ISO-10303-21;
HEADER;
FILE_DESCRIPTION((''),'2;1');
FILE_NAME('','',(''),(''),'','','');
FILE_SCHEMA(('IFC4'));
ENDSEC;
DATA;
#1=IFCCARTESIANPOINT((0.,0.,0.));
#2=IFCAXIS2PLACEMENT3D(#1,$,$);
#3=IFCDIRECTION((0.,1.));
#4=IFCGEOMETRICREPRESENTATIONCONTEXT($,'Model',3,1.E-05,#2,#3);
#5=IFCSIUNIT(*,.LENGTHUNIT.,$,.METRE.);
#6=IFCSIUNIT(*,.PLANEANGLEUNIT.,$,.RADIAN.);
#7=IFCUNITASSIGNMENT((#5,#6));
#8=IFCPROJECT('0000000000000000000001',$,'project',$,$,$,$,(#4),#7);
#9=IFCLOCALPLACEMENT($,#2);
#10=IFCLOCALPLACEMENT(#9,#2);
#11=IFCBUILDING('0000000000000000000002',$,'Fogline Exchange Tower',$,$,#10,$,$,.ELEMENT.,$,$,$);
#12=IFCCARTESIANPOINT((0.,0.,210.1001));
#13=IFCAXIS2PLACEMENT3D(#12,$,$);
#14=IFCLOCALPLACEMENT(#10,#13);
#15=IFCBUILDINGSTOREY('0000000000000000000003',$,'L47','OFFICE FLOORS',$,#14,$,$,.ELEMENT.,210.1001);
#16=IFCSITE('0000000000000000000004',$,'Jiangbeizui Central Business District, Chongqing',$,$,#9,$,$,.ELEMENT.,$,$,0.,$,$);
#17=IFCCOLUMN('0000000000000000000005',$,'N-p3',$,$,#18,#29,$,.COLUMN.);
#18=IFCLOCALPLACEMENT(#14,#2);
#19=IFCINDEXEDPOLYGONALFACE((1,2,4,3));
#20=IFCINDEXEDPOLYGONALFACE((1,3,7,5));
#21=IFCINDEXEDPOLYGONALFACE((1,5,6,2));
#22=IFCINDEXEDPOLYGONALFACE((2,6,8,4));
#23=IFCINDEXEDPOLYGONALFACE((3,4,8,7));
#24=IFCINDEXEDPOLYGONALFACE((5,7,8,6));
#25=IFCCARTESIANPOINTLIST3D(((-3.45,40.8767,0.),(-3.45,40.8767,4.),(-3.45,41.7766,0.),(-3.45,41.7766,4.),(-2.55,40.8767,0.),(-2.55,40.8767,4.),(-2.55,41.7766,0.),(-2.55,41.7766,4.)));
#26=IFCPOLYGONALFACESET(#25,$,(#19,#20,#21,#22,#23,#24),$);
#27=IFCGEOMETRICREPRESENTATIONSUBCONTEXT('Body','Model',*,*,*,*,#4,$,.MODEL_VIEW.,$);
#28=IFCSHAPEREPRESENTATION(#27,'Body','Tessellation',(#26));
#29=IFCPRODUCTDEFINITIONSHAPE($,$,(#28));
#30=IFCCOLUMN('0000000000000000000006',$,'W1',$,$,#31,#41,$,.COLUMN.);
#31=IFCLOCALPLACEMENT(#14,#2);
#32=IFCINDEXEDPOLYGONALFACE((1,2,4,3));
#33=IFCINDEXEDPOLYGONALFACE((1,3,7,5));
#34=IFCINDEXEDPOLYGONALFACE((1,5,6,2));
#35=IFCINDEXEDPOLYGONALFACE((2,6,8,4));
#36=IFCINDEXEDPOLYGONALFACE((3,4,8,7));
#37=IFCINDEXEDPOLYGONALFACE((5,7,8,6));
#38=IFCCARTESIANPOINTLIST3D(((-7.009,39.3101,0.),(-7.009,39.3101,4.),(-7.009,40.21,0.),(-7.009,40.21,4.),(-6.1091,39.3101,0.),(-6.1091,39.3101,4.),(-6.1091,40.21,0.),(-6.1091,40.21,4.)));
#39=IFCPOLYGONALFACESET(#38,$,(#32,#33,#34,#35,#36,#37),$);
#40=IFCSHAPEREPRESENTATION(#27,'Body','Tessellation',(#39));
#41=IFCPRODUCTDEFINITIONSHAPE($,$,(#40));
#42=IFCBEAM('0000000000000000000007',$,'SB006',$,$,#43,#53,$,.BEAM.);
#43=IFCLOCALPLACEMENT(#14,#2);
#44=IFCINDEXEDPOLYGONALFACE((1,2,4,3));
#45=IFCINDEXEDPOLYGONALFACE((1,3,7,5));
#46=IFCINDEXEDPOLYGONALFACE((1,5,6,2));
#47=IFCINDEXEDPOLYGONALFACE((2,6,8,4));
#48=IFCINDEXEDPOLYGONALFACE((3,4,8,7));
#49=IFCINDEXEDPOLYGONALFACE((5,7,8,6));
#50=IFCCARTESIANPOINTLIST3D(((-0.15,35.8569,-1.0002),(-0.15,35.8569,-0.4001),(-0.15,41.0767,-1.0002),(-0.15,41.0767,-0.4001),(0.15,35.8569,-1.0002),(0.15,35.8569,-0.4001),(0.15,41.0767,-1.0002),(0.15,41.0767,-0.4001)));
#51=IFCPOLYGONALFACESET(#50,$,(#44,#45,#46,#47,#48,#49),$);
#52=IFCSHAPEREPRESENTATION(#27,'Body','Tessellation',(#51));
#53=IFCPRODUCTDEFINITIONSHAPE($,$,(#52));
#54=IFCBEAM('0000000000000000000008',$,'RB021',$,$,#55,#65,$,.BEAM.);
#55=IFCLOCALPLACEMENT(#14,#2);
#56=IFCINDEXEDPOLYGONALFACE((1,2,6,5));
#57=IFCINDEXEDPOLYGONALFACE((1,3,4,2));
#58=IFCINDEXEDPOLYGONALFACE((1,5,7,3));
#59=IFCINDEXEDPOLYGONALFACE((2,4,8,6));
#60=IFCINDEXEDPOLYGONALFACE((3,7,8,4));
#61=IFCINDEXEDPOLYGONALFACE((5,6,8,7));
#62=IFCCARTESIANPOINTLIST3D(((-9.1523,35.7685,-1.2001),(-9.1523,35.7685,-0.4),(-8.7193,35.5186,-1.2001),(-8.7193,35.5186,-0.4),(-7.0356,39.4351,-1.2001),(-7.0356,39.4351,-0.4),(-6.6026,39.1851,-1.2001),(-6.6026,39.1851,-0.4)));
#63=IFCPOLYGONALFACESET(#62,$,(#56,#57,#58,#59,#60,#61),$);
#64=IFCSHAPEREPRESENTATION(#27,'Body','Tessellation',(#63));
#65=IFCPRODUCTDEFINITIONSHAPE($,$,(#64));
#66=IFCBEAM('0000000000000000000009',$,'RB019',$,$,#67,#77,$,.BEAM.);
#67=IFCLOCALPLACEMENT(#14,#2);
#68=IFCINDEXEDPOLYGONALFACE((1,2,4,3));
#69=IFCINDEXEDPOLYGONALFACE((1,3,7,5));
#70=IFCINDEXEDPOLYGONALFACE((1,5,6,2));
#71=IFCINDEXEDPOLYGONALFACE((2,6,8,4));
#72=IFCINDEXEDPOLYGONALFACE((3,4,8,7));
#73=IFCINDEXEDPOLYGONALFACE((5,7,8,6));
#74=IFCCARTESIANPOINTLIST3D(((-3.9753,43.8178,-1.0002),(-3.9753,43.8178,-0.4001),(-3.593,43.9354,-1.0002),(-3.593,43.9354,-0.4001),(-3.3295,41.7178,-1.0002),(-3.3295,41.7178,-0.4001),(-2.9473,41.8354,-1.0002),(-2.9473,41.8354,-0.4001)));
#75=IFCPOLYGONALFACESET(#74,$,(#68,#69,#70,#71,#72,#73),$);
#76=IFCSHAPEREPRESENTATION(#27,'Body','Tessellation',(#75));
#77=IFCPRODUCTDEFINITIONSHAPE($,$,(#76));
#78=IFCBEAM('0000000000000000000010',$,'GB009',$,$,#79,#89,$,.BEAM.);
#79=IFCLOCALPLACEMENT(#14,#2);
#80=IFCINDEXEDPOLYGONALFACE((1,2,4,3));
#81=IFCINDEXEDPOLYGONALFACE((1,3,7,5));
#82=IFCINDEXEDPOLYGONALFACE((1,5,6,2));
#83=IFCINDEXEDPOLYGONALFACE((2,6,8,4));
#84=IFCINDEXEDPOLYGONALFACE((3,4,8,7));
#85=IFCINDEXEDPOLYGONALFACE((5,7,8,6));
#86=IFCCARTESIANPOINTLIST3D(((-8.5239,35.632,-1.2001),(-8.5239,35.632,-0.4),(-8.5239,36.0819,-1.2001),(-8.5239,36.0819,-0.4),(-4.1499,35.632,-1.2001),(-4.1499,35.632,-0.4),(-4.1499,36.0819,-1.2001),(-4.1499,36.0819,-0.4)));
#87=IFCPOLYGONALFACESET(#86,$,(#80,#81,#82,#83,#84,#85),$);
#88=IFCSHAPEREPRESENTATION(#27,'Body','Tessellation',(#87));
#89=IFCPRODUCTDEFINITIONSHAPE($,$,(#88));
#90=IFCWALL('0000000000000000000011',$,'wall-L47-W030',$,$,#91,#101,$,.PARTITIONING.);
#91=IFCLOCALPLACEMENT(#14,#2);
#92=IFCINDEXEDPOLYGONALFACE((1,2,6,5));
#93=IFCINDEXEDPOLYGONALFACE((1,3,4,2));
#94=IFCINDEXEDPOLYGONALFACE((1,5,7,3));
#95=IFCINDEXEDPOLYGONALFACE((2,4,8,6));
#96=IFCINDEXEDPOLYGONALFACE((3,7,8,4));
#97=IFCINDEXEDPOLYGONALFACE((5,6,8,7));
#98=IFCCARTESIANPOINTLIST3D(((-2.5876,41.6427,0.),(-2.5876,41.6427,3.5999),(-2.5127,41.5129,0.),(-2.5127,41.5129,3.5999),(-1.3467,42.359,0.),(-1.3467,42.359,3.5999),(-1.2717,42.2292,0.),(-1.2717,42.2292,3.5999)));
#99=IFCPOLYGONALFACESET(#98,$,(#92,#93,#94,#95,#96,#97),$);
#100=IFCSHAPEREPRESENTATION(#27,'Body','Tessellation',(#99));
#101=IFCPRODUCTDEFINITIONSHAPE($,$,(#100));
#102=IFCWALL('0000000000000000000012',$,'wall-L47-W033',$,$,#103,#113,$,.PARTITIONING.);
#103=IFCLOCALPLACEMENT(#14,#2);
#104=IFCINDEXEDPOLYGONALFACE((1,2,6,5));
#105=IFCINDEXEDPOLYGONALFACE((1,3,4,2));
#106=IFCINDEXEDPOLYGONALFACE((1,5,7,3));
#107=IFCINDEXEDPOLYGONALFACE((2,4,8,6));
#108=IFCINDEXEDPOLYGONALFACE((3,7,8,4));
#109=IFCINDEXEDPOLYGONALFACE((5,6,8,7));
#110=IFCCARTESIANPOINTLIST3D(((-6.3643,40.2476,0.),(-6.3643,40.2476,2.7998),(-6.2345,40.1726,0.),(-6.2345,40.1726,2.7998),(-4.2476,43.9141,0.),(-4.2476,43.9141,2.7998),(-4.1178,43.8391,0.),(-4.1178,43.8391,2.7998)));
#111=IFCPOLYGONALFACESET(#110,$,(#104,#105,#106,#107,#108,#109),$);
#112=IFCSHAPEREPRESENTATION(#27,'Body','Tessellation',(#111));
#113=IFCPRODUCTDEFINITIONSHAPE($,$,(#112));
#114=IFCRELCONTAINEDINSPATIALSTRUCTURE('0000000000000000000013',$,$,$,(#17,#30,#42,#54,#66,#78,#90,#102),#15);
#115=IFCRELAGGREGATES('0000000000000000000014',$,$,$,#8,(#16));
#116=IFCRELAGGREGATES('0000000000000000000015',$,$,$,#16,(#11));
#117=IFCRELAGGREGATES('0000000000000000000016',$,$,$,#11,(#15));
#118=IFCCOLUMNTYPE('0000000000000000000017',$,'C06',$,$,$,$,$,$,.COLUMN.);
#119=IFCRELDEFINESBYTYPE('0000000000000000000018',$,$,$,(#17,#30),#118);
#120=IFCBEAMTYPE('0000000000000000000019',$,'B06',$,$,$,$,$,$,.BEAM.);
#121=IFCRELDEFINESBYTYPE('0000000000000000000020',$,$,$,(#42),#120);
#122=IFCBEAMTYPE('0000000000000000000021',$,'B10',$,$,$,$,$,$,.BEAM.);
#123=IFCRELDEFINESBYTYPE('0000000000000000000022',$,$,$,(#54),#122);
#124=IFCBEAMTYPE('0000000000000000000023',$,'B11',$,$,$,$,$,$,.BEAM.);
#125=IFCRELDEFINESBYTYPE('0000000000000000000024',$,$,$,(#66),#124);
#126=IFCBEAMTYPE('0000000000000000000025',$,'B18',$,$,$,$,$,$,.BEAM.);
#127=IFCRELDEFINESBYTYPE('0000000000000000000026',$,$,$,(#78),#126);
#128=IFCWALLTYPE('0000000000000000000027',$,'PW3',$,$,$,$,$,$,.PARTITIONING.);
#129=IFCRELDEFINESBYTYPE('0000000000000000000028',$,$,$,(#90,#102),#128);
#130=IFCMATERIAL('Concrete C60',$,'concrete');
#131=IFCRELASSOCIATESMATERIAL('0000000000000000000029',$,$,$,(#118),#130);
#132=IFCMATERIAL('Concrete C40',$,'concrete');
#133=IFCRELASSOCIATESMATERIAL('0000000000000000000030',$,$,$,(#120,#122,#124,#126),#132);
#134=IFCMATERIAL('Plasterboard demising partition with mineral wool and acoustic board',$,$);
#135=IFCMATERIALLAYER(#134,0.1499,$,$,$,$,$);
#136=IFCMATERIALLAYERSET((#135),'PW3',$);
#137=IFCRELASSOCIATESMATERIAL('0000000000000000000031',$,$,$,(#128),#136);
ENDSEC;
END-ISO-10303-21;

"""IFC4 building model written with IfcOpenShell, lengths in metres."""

from ifc_helpers import new_model, si_unit, direction, frame, frame_2d, origin, origin_2d, place, context, subcontext, project, spatial, rectangle, extrude, material, layer, layer_set, material_profile, profile_set, type_object, element, save


model = new_model("IFC4")

# Units and contexts
model_context = context("Model", 3, precision=1e-05, world=origin(), true_north=direction((0.0, 1.0)))
body_context = subcontext(model_context, "Body", "Model", "MODEL_VIEW")
ifc_project = project(units=[si_unit("LENGTHUNIT", "METRE"), si_unit("PLANEANGLEUNIT", "RADIAN")], contexts=[model_context])

# Site, building, storey
site_placement = place(None, origin())
site = spatial("IfcSite", under=ifc_project, at=site_placement, Name="Jiangbeizui Central Business District, Chongqing", CompositionType="ELEMENT", RefElevation=0.0)
building_placement = place(site_placement, origin())
building = spatial("IfcBuilding", under=site, at=building_placement, Name="Fogline Exchange Tower", CompositionType="ELEMENT")
storey_placement = place(building_placement, frame((0.0, 0.0, 210.1001)))
storey = spatial("IfcBuildingStorey", under=building, at=storey_placement, Name="L47", Description="OFFICE FLOORS", CompositionType="ELEMENT", Elevation=210.1001)

# Columns
ifc_material_1 = material(Name="Concrete C60", Category="concrete")
ifc_material_profile_1 = material_profile(ifc_material_1, rectangle(XDim=0.8999, YDim=0.8999, at=origin_2d()), Name="RC 900x900")
ifc_profile_set_1 = profile_set([ifc_material_profile_1], Name="Concrete C60")
column_type = type_object("IfcColumnType", Name="C06", PredefinedType="COLUMN", material=ifc_profile_set_1)
for number, where, z_axis, x_axis, name in (
    (1, (-3.0, 41.3267, 0.0), (0.0, 0.0, 1.0), (1.0, 0.0, 0.0), "N-p3"),
    (2, (-6.5591, 39.76, 0.0), (0.0, 0.0, 1.0), (1.0, 0.0, 0.0), "W1"),
):
    element("IfcColumn", number, at=place(storey_placement, frame(where, z_axis=z_axis, x_axis=x_axis)), inside=storey, type_object=column_type, Name=name, PredefinedType="COLUMN", context=body_context, shape_type="SweptSolid", body=[
        extrude(rectangle(XDim=0.8999, YDim=0.8999, at=origin_2d()), origin(), (0.0, 0.0, 1.0), 4.0),
    ])

# Beams
ifc_material_2 = material(Name="Concrete C40", Category="concrete")
ifc_material_profile_2 = material_profile(ifc_material_2, rectangle(XDim=0.3, YDim=0.6001, at=origin_2d()), Name="RC 300x600")
ifc_profile_set_2 = profile_set([ifc_material_profile_2], Name="Concrete C40")
beam_type_1 = type_object("IfcBeamType", Name="B06", PredefinedType="BEAM", material=ifc_profile_set_2)
beam_1_placement = place(storey_placement, frame((0.0, 35.8569, -0.7002), z_axis=(0.0, 1.0, 0.0), x_axis=(-1.0, 0.0, 0.0)))
element("IfcBeam", 3, at=beam_1_placement, inside=storey, type_object=beam_type_1, Name="SB006", PredefinedType="BEAM", context=body_context, shape_type="SweptSolid", body=[
    extrude(rectangle(XDim=0.3, YDim=0.6001, at=origin_2d()), origin(), (0.0, 0.0, 1.0), 5.2197),
])
ifc_material_profile_3 = material_profile(ifc_material_2, rectangle(XDim=0.5, YDim=0.8, at=origin_2d()), Name="RC 500x800")
ifc_profile_set_3 = profile_set([ifc_material_profile_3], Name="Concrete C40")
beam_type_2 = type_object("IfcBeamType", Name="B10", PredefinedType="BEAM", material=ifc_profile_set_3)
beam_2_placement = place(storey_placement, frame((-6.8191, 39.3101, -0.8), z_axis=(-0.499972, -0.866042, 0.0), x_axis=(0.866042, -0.499972, 0.0)))
element("IfcBeam", 4, at=beam_2_placement, inside=storey, type_object=beam_type_2, Name="RB021", PredefinedType="BEAM", context=body_context, shape_type="SweptSolid", body=[
    extrude(rectangle(XDim=0.5, YDim=0.8, at=origin_2d()), origin(), (0.0, 0.0, 1.0), 4.2336),
])
ifc_material_profile_4 = material_profile(ifc_material_2, rectangle(XDim=0.3999, YDim=0.6001, at=origin_2d()), Name="RC 400x600")
ifc_profile_set_4 = profile_set([ifc_material_profile_4], Name="Concrete C40")
beam_type_3 = type_object("IfcBeamType", Name="B11", PredefinedType="BEAM", material=ifc_profile_set_4)
beam_3_placement = place(storey_placement, frame((-3.1384, 41.7766, -0.7002), z_axis=(-0.293906, 0.955834, 0.0), x_axis=(-0.955834, -0.293906, 0.0)))
element("IfcBeam", 5, at=beam_3_placement, inside=storey, type_object=beam_type_3, Name="RB019", PredefinedType="BEAM", context=body_context, shape_type="SweptSolid", body=[
    extrude(rectangle(XDim=0.3999, YDim=0.6001, at=origin_2d()), origin(), (0.0, 0.0, 1.0), 2.197),
])
ifc_material_profile_5 = material_profile(ifc_material_2, rectangle(XDim=0.45, YDim=0.8, at=origin_2d()), Name="RC 450x800")
ifc_profile_set_5 = profile_set([ifc_material_profile_5], Name="Concrete C40")
beam_type_4 = type_object("IfcBeamType", Name="B18", PredefinedType="BEAM", material=ifc_profile_set_5)
beam_4_placement = place(storey_placement, frame((-8.5239, 35.8569, -0.8), z_axis=(1.0, 0.0, 0.0), x_axis=(0.0, 1.0, 0.0)))
element("IfcBeam", 6, at=beam_4_placement, inside=storey, type_object=beam_type_4, Name="GB009", PredefinedType="BEAM", context=body_context, shape_type="SweptSolid", body=[
    extrude(rectangle(XDim=0.45, YDim=0.8, at=origin_2d()), origin(), (0.0, 0.0, 1.0), 4.374),
])

# Walls
ifc_material_3 = material(Name="Plasterboard demising partition with mineral wool and acoustic board")
ifc_layer = layer(ifc_material_3, 0.1499)
ifc_layer_set = layer_set([ifc_layer], Name="PW3")
wall_type = type_object("IfcWallType", Name="PW3", PredefinedType="PARTITIONING", material=ifc_layer_set)
wall_1_placement = place(storey_placement, frame((-2.55, 41.5779, 0.0), z_axis=(0.0, 0.0, 1.0), x_axis=(0.866075, 0.499914, 0.0)))
element("IfcWall", 7, at=wall_1_placement, inside=storey, type_object=wall_type, Name="wall-L47-W030", PredefinedType="PARTITIONING", context=body_context, shape_type="SweptSolid", body=[
    extrude(rectangle(XDim=1.4329, YDim=0.1499, at=frame_2d((0.7163, 0.0))), origin(), (0.0, 0.0, 1.0), 3.5999),
])
wall_2_placement = place(storey_placement, frame((-6.2993, 40.2102, 0.0), z_axis=(0.0, 0.0, 1.0), x_axis=(0.499972, 0.866042, 0.0)))
element("IfcWall", 8, at=wall_2_placement, inside=storey, type_object=wall_type, Name="wall-L47-W033", PredefinedType="PARTITIONING", context=body_context, shape_type="SweptSolid", body=[
    extrude(rectangle(XDim=4.2336, YDim=0.1499, at=frame_2d((2.1167, 0.0))), origin(), (0.0, 0.0, 1.0), 2.7998),
])

save(model, "model.ifc")
